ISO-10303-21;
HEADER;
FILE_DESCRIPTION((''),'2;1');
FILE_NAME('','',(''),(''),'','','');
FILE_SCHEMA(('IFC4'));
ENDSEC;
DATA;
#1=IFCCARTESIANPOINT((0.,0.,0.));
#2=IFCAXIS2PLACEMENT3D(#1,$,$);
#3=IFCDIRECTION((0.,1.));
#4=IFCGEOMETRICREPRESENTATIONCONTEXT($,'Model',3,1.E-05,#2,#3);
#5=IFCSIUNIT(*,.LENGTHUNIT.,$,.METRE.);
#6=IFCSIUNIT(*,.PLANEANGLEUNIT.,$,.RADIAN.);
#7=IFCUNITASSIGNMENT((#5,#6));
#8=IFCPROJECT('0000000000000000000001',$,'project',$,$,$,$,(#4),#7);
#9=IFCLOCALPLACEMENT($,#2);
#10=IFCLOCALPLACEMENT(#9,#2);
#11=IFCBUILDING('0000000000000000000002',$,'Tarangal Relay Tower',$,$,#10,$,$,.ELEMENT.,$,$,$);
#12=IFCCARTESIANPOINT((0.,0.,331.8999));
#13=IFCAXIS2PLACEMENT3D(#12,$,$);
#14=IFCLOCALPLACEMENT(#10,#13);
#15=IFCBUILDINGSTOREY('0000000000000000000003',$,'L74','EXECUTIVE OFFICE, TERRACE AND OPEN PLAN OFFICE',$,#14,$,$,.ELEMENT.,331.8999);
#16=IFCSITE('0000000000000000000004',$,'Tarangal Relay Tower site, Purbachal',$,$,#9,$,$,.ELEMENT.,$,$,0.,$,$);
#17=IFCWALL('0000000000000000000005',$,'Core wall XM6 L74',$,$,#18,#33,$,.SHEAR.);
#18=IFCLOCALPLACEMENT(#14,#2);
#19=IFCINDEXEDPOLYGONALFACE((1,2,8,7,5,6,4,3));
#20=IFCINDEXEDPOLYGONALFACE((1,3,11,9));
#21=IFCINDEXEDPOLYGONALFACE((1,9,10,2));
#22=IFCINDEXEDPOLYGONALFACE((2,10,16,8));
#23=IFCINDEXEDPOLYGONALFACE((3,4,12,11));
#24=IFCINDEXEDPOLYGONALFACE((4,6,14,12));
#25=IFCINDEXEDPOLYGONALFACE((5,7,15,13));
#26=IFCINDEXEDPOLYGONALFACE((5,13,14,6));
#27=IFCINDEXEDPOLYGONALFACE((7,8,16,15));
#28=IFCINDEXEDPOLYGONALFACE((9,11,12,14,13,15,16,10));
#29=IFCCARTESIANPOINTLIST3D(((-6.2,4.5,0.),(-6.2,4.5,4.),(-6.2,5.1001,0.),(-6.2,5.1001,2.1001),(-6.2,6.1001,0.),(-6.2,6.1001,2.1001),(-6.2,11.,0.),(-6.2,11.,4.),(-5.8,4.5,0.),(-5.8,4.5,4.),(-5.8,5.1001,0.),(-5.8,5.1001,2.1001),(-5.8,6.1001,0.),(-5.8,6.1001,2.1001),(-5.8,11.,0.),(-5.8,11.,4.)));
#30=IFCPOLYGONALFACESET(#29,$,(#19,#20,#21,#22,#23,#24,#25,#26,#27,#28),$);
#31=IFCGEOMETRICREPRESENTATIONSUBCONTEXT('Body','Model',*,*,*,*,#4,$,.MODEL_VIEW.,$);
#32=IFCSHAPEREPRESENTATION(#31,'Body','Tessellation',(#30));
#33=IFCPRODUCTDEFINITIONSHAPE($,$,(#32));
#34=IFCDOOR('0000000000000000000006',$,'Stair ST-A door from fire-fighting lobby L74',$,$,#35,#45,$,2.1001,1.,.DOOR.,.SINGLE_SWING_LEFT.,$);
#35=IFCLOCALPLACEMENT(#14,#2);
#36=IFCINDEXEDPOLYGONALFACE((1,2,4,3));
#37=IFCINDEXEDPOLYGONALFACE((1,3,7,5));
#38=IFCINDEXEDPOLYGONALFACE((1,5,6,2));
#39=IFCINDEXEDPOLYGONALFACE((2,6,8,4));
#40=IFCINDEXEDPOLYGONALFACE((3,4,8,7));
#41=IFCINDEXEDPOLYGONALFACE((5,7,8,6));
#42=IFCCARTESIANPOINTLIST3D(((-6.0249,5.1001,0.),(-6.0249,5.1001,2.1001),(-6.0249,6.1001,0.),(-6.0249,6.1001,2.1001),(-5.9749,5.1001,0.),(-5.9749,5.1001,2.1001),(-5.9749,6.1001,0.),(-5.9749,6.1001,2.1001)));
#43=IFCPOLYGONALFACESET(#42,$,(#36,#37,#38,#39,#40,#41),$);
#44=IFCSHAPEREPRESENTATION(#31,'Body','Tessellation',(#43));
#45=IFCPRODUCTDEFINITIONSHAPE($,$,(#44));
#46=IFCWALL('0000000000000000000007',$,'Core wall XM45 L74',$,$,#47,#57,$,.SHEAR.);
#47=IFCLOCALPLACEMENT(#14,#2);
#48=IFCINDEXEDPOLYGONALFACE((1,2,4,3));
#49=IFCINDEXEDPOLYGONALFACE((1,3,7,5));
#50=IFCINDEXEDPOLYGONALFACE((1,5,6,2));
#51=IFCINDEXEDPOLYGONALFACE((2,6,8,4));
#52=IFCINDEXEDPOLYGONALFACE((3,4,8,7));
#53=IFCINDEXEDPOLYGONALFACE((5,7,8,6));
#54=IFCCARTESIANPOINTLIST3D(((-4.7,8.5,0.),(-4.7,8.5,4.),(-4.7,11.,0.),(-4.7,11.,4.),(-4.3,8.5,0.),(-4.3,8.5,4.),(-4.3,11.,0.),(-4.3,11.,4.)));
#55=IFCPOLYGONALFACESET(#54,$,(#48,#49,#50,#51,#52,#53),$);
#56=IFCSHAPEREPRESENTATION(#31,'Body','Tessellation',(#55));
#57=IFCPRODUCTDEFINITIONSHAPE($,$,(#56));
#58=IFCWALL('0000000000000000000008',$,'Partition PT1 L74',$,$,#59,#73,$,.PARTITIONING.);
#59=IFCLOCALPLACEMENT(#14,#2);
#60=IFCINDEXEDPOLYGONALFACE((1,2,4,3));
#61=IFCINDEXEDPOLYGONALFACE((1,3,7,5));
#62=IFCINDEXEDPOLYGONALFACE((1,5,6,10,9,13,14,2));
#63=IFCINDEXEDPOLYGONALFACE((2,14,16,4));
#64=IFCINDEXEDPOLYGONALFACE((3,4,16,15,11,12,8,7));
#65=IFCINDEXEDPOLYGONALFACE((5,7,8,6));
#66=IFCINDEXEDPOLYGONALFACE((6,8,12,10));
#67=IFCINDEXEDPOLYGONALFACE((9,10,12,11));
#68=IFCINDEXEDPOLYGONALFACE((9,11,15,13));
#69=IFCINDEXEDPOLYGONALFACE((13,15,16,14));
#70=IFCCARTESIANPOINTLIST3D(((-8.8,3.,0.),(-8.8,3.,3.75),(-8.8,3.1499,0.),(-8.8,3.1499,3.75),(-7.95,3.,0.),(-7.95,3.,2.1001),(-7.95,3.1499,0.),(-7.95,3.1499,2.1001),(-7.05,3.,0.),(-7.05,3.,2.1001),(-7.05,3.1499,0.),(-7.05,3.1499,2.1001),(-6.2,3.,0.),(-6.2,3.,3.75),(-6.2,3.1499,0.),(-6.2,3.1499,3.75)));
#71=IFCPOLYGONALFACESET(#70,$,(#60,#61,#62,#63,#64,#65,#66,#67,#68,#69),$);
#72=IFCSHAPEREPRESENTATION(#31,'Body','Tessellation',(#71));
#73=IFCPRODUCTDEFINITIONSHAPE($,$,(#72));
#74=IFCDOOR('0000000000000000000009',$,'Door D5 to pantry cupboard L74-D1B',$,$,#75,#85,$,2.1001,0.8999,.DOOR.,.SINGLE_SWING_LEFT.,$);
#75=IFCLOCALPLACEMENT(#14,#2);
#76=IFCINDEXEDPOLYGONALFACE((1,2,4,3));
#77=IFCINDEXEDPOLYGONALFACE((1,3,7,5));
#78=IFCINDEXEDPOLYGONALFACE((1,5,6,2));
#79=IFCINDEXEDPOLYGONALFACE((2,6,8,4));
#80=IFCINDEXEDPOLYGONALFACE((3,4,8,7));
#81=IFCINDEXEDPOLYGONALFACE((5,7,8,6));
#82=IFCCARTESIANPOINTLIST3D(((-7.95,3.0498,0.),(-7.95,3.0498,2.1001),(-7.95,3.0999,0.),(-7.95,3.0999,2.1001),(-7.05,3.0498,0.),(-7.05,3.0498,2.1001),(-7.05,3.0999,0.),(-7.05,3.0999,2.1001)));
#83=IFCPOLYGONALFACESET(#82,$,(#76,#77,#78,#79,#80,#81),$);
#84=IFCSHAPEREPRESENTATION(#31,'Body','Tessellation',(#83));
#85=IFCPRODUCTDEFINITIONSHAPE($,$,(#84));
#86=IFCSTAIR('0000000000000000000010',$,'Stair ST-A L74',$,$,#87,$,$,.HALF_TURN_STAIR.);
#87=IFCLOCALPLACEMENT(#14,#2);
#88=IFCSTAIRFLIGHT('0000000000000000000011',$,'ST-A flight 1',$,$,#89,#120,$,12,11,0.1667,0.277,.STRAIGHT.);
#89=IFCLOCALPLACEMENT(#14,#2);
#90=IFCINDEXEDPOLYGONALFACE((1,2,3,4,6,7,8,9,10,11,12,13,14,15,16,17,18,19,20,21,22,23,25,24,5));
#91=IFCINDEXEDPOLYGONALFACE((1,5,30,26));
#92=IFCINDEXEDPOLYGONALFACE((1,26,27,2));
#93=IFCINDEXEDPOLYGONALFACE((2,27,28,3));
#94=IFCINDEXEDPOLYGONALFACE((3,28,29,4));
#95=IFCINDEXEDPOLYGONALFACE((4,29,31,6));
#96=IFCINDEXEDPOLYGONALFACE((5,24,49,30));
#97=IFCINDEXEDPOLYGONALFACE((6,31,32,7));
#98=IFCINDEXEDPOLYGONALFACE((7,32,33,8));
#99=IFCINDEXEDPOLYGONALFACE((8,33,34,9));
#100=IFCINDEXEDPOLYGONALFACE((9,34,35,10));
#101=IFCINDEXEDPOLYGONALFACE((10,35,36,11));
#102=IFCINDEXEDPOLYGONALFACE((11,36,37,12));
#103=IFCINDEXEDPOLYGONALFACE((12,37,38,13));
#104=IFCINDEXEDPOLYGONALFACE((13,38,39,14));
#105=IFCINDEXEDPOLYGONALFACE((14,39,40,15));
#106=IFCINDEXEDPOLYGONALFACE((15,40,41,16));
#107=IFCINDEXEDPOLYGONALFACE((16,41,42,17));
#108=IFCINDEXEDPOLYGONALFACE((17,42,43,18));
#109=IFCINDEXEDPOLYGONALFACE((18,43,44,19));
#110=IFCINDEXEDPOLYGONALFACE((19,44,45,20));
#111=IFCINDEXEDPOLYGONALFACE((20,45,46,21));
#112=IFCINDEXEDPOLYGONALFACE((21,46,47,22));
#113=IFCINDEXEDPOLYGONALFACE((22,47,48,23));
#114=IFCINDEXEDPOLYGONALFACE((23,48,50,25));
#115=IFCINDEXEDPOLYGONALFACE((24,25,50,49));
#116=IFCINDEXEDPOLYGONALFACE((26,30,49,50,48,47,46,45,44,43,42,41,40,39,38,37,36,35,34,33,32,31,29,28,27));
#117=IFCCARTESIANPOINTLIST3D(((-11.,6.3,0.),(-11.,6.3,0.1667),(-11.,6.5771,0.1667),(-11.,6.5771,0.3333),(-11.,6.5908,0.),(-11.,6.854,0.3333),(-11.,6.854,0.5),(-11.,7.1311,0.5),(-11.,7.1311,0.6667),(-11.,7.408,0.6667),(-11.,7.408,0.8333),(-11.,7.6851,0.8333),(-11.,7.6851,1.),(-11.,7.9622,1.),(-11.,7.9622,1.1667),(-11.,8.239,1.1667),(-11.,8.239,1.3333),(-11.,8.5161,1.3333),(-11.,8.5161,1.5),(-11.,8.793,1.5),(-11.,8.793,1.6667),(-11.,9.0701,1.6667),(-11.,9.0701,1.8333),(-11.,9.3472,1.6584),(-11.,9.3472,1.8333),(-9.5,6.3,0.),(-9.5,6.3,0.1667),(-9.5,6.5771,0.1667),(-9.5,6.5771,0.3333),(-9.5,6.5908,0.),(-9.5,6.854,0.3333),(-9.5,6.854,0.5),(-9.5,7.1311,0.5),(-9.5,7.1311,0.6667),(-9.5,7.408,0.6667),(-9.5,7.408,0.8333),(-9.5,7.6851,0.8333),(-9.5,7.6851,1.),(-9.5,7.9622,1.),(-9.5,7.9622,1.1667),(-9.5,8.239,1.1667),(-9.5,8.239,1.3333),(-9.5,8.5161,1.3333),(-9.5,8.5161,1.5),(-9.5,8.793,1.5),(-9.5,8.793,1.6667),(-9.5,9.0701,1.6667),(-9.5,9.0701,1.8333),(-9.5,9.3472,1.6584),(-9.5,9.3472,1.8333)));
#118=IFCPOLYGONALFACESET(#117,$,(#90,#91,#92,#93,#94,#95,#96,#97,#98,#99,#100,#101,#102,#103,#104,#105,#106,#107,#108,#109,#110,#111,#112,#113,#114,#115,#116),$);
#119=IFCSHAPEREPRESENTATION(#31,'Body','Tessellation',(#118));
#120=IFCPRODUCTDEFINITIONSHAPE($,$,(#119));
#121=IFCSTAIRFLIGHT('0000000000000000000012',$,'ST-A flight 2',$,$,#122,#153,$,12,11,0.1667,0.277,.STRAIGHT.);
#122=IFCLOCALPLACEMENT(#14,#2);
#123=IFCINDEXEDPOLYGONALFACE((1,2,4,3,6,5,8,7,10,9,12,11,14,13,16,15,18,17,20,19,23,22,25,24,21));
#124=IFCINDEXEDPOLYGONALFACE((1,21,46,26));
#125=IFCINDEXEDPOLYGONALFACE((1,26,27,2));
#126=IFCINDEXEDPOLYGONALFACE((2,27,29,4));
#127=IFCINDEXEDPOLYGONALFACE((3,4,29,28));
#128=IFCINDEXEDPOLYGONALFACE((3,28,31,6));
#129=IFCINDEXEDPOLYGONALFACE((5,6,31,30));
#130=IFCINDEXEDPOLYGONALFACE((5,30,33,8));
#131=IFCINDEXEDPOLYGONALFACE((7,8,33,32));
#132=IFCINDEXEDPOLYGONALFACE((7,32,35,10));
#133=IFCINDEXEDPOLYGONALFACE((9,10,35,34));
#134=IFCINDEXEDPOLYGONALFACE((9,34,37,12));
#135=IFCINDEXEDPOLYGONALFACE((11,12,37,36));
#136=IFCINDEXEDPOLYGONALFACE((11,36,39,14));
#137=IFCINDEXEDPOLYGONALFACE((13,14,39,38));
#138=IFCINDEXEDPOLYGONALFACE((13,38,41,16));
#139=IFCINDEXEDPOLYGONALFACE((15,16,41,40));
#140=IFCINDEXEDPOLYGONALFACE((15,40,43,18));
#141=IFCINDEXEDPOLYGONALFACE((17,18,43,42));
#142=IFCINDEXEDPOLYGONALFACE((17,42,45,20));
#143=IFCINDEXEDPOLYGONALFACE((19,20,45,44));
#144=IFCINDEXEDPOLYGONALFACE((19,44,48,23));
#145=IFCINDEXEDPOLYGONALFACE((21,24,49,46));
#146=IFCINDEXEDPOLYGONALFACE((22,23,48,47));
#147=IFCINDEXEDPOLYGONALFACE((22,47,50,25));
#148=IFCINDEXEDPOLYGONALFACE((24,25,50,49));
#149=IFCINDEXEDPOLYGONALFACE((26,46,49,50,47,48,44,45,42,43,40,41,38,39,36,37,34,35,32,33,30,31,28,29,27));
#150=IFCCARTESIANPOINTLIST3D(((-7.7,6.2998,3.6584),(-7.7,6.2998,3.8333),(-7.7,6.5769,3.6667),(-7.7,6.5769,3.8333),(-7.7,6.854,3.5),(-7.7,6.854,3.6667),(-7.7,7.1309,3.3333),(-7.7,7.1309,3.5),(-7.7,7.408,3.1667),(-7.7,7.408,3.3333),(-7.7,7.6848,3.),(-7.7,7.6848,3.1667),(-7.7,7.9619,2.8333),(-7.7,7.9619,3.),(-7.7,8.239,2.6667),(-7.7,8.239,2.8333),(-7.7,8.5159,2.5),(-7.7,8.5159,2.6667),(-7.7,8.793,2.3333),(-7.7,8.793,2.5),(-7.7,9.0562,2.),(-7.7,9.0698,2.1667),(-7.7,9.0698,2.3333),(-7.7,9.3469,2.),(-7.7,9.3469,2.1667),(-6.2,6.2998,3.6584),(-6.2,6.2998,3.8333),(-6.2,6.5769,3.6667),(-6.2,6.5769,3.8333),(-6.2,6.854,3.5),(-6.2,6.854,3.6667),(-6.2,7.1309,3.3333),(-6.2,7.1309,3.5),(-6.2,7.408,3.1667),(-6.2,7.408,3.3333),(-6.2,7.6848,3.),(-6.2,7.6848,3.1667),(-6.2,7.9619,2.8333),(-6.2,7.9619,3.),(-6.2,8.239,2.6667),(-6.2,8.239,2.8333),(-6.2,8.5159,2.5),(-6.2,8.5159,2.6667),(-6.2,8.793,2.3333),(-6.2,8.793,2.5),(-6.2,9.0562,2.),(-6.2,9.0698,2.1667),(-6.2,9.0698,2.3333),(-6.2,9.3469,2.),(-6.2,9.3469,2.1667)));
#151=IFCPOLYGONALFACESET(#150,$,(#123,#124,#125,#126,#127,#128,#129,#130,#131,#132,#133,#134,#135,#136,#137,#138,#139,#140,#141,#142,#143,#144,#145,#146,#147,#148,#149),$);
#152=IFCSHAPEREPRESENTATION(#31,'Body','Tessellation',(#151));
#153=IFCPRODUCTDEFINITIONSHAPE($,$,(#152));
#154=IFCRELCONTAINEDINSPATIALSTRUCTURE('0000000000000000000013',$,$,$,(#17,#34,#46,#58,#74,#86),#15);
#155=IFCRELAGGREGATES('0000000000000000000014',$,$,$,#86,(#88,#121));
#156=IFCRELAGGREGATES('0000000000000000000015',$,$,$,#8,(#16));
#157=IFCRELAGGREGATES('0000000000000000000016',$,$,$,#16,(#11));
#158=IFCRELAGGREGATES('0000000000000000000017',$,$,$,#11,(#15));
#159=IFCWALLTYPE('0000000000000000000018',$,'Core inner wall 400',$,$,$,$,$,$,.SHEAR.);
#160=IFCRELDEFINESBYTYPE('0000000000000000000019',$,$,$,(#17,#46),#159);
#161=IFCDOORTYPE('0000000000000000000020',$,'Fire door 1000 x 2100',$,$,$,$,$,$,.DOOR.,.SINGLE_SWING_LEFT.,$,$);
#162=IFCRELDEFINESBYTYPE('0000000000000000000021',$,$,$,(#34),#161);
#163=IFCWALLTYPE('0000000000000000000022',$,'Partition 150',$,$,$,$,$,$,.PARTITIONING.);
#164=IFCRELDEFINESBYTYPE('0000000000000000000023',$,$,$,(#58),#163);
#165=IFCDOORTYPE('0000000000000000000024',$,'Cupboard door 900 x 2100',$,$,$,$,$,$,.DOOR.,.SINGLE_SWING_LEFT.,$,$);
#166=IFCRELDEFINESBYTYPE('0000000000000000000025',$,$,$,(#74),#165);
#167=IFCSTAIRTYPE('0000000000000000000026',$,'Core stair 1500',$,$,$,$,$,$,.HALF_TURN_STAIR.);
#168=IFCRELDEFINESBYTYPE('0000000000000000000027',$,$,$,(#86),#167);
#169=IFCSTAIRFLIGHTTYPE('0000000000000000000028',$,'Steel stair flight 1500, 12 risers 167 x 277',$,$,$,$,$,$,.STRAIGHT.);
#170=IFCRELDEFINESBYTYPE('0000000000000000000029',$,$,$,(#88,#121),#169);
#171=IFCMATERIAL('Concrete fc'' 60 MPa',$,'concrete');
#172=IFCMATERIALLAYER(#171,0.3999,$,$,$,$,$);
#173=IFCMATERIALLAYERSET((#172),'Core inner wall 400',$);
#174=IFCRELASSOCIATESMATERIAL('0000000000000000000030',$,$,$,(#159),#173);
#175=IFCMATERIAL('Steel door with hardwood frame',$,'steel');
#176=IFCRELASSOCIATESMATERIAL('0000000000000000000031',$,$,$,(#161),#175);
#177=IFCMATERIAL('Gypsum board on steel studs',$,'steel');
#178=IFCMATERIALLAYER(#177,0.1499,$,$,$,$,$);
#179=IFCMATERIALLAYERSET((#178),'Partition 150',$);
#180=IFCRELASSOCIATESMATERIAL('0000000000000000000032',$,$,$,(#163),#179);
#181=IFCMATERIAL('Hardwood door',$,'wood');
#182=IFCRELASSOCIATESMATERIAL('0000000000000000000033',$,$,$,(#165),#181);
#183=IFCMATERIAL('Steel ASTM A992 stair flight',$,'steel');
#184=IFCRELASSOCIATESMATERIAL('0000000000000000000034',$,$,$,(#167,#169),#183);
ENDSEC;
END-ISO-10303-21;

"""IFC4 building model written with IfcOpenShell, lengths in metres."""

from ifc_helpers import new_model, si_unit, direction, frame, frame_2d, origin, place, context, subcontext, project, spatial, polyline, rectangle, outline, extrude, material, layer, layer_set, type_object, element, fill, aggregate, save


model = new_model("IFC4")

# Units and contexts
model_context = context("Model", 3, precision=1e-05, world=origin(), true_north=direction((0.0, 1.0)))
body_context = subcontext(model_context, "Body", "Model", "MODEL_VIEW")
ifc_project = project(units=[si_unit("LENGTHUNIT", "METRE"), si_unit("PLANEANGLEUNIT", "RADIAN")], contexts=[model_context])

# Site, building, storey
site_placement = place(None, origin())
site = spatial("IfcSite", under=ifc_project, at=site_placement, Name="Tarangal Relay Tower site, Purbachal", CompositionType="ELEMENT", RefElevation=0.0)
building_placement = place(site_placement, origin())
building = spatial("IfcBuilding", under=site, at=building_placement, Name="Tarangal Relay Tower", CompositionType="ELEMENT")
storey_placement = place(building_placement, frame((0.0, 0.0, 331.8999)))
storey = spatial("IfcBuildingStorey", under=building, at=storey_placement, Name="L74", Description="EXECUTIVE OFFICE, TERRACE AND OPEN PLAN OFFICE", CompositionType="ELEMENT", Elevation=331.8999)

# Shared definitions
ifc_material_1 = material(Name="Concrete fc' 60 MPa", Category="concrete")
ifc_layer_1 = layer(ifc_material_1, 0.3999)
ifc_layer_set_1 = layer_set([ifc_layer_1], Name="Core inner wall 400")
wall_type_1 = type_object("IfcWallType", Name="Core inner wall 400", PredefinedType="SHEAR", material=ifc_layer_set_1)
ifc_material_2 = material(Name="Steel door with hardwood frame", Category="steel")

# Wall, opening, door
wall_1_placement = place(storey_placement, frame((-6.0, 4.5, 0.0), z_axis=(0.0, 0.0, 1.0), x_axis=(0.0, 1.0, 0.0)))
wall_1 = element("IfcWall", 1, at=wall_1_placement, inside=storey, type_object=wall_type_1, Name="Core wall XM6 L74", PredefinedType="SHEAR", context=body_context, shape_type="SweptSolid", body=[
    extrude(rectangle(XDim=6.5, YDim=0.3999, at=frame_2d((3.25, 0.0))), origin(), (0.0, 0.0, 1.0), 4.0),
])
opening_1_placement = place(wall_1_placement, frame((0.6001, 0.0, 0.0)))
opening_1 = element("IfcOpeningElement", 2, at=opening_1_placement, cuts=wall_1, PredefinedType="OPENING", context=body_context, shape_type="SweptSolid", body=[
    extrude(rectangle(XDim=1.0, YDim=2.1001, at=frame_2d((0.5, 1.05))), frame((0.0, 0.21, 0.0), z_axis=(0.0, -1.0, 0.0), x_axis=(1.0, 0.0, 0.0)), (0.0, 0.0, 1.0), 0.4199),
])
door_type_1 = type_object("IfcDoorType", Name="Fire door 1000 x 2100", OperationType="SINGLE_SWING_LEFT", PredefinedType="DOOR", material=ifc_material_2)
door_1_placement = place(opening_1_placement, origin())
door_1 = element("IfcDoor", 3, at=door_1_placement, inside=storey, type_object=door_type_1, Name="Stair ST-A door from fire-fighting lobby L74", OperationType="SINGLE_SWING_LEFT", OverallHeight=2.1001, OverallWidth=1.0, PredefinedType="DOOR", context=body_context, shape_type="SweptSolid", body=[
    extrude(rectangle(XDim=1.0, YDim=2.1001, at=frame_2d((0.5, 1.05))), frame((0.0, 0.0249, 0.0), z_axis=(0.0, -1.0, 0.0), x_axis=(1.0, 0.0, 0.0)), (0.0, 0.0, 1.0), 0.05),
])
fill(opening_1, door_1)

# Wall
wall_2_placement = place(storey_placement, frame((-4.5, 8.5, 0.0), z_axis=(0.0, 0.0, 1.0), x_axis=(0.0, 1.0, 0.0)))
element("IfcWall", 4, at=wall_2_placement, inside=storey, type_object=wall_type_1, Name="Core wall XM45 L74", PredefinedType="SHEAR", context=body_context, shape_type="SweptSolid", body=[
    extrude(rectangle(XDim=2.5, YDim=0.3999, at=frame_2d((1.25, 0.0))), origin(), (0.0, 0.0, 1.0), 4.0),
])

# Wall, opening, door
ifc_material_3 = material(Name="Gypsum board on steel studs", Category="steel")
ifc_layer_2 = layer(ifc_material_3, 0.1499)
ifc_layer_set_2 = layer_set([ifc_layer_2], Name="Partition 150")
wall_type_2 = type_object("IfcWallType", Name="Partition 150", PredefinedType="PARTITIONING", material=ifc_layer_set_2)
wall_3_placement = place(storey_placement, frame((-8.8, 3.075, 0.0), z_axis=(0.0, 0.0, 1.0), x_axis=(1.0, 0.0, 0.0)))
wall_3 = element("IfcWall", 5, at=wall_3_placement, inside=storey, type_object=wall_type_2, Name="Partition PT1 L74", PredefinedType="PARTITIONING", context=body_context, shape_type="SweptSolid", body=[
    extrude(rectangle(XDim=2.6001, YDim=0.1499, at=frame_2d((1.3, 0.0))), origin(), (0.0, 0.0, 1.0), 3.75),
])
opening_2_placement = place(wall_3_placement, frame((0.8501, 0.0, 0.0)))
opening_2 = element("IfcOpeningElement", 6, at=opening_2_placement, cuts=wall_3, PredefinedType="OPENING", context=body_context, shape_type="SweptSolid", body=[
    extrude(rectangle(XDim=0.8999, YDim=2.1001, at=frame_2d((0.45, 1.05))), frame((0.0, 0.085, 0.0), z_axis=(0.0, -1.0, 0.0), x_axis=(1.0, 0.0, 0.0)), (0.0, 0.0, 1.0), 0.1699),
])
ifc_material_4 = material(Name="Hardwood door", Category="wood")
door_type_2 = type_object("IfcDoorType", Name="Cupboard door 900 x 2100", OperationType="SINGLE_SWING_LEFT", PredefinedType="DOOR", material=ifc_material_4)
door_2_placement = place(opening_2_placement, origin())
door_2 = element("IfcDoor", 7, at=door_2_placement, inside=storey, type_object=door_type_2, Name="Door D5 to pantry cupboard L74-D1B", OperationType="SINGLE_SWING_LEFT", OverallHeight=2.1001, OverallWidth=0.8999, PredefinedType="DOOR", context=body_context, shape_type="SweptSolid", body=[
    extrude(rectangle(XDim=0.8999, YDim=2.1001, at=frame_2d((0.45, 1.05))), frame((0.0, 0.0249, 0.0), z_axis=(0.0, -1.0, 0.0), x_axis=(1.0, 0.0, 0.0)), (0.0, 0.0, 1.0), 0.05),
])
fill(opening_2, door_2)

# Stair, stair flights
ifc_material_5 = material(Name="Steel ASTM A992 stair flight", Category="steel")
stair_type = type_object("IfcStairType", Name="Core stair 1500", PredefinedType="HALF_TURN_STAIR", material=ifc_material_5)
stair_placement = place(storey_placement, origin())
stair = element("IfcStair", 8, at=stair_placement, inside=storey, type_object=stair_type, Name="Stair ST-A L74", PredefinedType="HALF_TURN_STAIR")
stair_flight_type = type_object("IfcStairFlightType", Name="Steel stair flight 1500, 12 risers 167 x 277", PredefinedType="STRAIGHT", material=ifc_material_5)
stair_flight_1_placement = place(storey_placement, frame((-10.25, 6.3, 0.0), z_axis=(0.0, 0.0, 1.0), x_axis=(0.0, 1.0, 0.0)))
stair_flight_1 = element("IfcStairFlight", 9, at=stair_flight_1_placement, type_object=stair_flight_type, Name="ST-A flight 1", NumberOfRisers=12, NumberOfTreads=11, PredefinedType="STRAIGHT", RiserHeight=0.1667, TreadLength=0.277, context=body_context, shape_type="SweptSolid", body=[
    extrude(outline(polyline([(0.0, 0.0), (0.0, 0.1667), (0.2771, 0.1667), (0.2771, 0.3333), (0.554, 0.3333), (0.554, 0.5), (0.8311, 0.5), (0.8311, 0.6667), (1.1079, 0.6667), (1.1079, 0.8333), (1.385, 0.8333), (1.385, 1.0), (1.6621, 1.0), (1.6621, 1.1667), (1.939, 1.1667), (1.939, 1.3333), (2.2161, 1.3333), (2.2161, 1.5), (2.4929, 1.5), (2.4929, 1.6667), (2.77, 1.6667), (2.77, 1.8333), (3.0471, 1.8333), (3.0471, 2.0), (3.0471, 1.6584), (0.2908, 0.0), (0.0, 0.0)])), frame((0.0, 0.75, 0.0), z_axis=(0.0, -1.0, 0.0), x_axis=(1.0, 0.0, 0.0)), (0.0, 0.0, 1.0), 1.5),
])
stair_flight_2_placement = place(storey_placement, frame((-6.95, 9.3469, 2.0), z_axis=(0.0, 0.0, 1.0), x_axis=(0.0, -1.0, 0.0)))
stair_flight_2 = element("IfcStairFlight", 10, at=stair_flight_2_placement, type_object=stair_flight_type, Name="ST-A flight 2", NumberOfRisers=12, NumberOfTreads=11, PredefinedType="STRAIGHT", RiserHeight=0.1667, TreadLength=0.277, context=body_context, shape_type="SweptSolid", body=[
    extrude(outline(polyline([(0.0, 0.0), (0.0, 0.1667), (0.2771, 0.1667), (0.2771, 0.3333), (0.554, 0.3333), (0.554, 0.5), (0.8311, 0.5), (0.8311, 0.6667), (1.1079, 0.6667), (1.1079, 0.8333), (1.385, 0.8333), (1.385, 1.0), (1.6621, 1.0), (1.6621, 1.1667), (1.939, 1.1667), (1.939, 1.3333), (2.2161, 1.3333), (2.2161, 1.5), (2.4929, 1.5), (2.4929, 1.6667), (2.77, 1.6667), (2.77, 1.8333), (3.0471, 1.8333), (3.0471, 2.0), (3.0471, 1.6584), (0.2908, 0.0), (0.0, 0.0)])), frame((0.0, 0.75, 0.0), z_axis=(0.0, -1.0, 0.0), x_axis=(1.0, 0.0, 0.0)), (0.0, 0.0, 1.0), 1.5),
])
aggregate(stair, [stair_flight_1, stair_flight_2])

save(model, "model.ifc")
